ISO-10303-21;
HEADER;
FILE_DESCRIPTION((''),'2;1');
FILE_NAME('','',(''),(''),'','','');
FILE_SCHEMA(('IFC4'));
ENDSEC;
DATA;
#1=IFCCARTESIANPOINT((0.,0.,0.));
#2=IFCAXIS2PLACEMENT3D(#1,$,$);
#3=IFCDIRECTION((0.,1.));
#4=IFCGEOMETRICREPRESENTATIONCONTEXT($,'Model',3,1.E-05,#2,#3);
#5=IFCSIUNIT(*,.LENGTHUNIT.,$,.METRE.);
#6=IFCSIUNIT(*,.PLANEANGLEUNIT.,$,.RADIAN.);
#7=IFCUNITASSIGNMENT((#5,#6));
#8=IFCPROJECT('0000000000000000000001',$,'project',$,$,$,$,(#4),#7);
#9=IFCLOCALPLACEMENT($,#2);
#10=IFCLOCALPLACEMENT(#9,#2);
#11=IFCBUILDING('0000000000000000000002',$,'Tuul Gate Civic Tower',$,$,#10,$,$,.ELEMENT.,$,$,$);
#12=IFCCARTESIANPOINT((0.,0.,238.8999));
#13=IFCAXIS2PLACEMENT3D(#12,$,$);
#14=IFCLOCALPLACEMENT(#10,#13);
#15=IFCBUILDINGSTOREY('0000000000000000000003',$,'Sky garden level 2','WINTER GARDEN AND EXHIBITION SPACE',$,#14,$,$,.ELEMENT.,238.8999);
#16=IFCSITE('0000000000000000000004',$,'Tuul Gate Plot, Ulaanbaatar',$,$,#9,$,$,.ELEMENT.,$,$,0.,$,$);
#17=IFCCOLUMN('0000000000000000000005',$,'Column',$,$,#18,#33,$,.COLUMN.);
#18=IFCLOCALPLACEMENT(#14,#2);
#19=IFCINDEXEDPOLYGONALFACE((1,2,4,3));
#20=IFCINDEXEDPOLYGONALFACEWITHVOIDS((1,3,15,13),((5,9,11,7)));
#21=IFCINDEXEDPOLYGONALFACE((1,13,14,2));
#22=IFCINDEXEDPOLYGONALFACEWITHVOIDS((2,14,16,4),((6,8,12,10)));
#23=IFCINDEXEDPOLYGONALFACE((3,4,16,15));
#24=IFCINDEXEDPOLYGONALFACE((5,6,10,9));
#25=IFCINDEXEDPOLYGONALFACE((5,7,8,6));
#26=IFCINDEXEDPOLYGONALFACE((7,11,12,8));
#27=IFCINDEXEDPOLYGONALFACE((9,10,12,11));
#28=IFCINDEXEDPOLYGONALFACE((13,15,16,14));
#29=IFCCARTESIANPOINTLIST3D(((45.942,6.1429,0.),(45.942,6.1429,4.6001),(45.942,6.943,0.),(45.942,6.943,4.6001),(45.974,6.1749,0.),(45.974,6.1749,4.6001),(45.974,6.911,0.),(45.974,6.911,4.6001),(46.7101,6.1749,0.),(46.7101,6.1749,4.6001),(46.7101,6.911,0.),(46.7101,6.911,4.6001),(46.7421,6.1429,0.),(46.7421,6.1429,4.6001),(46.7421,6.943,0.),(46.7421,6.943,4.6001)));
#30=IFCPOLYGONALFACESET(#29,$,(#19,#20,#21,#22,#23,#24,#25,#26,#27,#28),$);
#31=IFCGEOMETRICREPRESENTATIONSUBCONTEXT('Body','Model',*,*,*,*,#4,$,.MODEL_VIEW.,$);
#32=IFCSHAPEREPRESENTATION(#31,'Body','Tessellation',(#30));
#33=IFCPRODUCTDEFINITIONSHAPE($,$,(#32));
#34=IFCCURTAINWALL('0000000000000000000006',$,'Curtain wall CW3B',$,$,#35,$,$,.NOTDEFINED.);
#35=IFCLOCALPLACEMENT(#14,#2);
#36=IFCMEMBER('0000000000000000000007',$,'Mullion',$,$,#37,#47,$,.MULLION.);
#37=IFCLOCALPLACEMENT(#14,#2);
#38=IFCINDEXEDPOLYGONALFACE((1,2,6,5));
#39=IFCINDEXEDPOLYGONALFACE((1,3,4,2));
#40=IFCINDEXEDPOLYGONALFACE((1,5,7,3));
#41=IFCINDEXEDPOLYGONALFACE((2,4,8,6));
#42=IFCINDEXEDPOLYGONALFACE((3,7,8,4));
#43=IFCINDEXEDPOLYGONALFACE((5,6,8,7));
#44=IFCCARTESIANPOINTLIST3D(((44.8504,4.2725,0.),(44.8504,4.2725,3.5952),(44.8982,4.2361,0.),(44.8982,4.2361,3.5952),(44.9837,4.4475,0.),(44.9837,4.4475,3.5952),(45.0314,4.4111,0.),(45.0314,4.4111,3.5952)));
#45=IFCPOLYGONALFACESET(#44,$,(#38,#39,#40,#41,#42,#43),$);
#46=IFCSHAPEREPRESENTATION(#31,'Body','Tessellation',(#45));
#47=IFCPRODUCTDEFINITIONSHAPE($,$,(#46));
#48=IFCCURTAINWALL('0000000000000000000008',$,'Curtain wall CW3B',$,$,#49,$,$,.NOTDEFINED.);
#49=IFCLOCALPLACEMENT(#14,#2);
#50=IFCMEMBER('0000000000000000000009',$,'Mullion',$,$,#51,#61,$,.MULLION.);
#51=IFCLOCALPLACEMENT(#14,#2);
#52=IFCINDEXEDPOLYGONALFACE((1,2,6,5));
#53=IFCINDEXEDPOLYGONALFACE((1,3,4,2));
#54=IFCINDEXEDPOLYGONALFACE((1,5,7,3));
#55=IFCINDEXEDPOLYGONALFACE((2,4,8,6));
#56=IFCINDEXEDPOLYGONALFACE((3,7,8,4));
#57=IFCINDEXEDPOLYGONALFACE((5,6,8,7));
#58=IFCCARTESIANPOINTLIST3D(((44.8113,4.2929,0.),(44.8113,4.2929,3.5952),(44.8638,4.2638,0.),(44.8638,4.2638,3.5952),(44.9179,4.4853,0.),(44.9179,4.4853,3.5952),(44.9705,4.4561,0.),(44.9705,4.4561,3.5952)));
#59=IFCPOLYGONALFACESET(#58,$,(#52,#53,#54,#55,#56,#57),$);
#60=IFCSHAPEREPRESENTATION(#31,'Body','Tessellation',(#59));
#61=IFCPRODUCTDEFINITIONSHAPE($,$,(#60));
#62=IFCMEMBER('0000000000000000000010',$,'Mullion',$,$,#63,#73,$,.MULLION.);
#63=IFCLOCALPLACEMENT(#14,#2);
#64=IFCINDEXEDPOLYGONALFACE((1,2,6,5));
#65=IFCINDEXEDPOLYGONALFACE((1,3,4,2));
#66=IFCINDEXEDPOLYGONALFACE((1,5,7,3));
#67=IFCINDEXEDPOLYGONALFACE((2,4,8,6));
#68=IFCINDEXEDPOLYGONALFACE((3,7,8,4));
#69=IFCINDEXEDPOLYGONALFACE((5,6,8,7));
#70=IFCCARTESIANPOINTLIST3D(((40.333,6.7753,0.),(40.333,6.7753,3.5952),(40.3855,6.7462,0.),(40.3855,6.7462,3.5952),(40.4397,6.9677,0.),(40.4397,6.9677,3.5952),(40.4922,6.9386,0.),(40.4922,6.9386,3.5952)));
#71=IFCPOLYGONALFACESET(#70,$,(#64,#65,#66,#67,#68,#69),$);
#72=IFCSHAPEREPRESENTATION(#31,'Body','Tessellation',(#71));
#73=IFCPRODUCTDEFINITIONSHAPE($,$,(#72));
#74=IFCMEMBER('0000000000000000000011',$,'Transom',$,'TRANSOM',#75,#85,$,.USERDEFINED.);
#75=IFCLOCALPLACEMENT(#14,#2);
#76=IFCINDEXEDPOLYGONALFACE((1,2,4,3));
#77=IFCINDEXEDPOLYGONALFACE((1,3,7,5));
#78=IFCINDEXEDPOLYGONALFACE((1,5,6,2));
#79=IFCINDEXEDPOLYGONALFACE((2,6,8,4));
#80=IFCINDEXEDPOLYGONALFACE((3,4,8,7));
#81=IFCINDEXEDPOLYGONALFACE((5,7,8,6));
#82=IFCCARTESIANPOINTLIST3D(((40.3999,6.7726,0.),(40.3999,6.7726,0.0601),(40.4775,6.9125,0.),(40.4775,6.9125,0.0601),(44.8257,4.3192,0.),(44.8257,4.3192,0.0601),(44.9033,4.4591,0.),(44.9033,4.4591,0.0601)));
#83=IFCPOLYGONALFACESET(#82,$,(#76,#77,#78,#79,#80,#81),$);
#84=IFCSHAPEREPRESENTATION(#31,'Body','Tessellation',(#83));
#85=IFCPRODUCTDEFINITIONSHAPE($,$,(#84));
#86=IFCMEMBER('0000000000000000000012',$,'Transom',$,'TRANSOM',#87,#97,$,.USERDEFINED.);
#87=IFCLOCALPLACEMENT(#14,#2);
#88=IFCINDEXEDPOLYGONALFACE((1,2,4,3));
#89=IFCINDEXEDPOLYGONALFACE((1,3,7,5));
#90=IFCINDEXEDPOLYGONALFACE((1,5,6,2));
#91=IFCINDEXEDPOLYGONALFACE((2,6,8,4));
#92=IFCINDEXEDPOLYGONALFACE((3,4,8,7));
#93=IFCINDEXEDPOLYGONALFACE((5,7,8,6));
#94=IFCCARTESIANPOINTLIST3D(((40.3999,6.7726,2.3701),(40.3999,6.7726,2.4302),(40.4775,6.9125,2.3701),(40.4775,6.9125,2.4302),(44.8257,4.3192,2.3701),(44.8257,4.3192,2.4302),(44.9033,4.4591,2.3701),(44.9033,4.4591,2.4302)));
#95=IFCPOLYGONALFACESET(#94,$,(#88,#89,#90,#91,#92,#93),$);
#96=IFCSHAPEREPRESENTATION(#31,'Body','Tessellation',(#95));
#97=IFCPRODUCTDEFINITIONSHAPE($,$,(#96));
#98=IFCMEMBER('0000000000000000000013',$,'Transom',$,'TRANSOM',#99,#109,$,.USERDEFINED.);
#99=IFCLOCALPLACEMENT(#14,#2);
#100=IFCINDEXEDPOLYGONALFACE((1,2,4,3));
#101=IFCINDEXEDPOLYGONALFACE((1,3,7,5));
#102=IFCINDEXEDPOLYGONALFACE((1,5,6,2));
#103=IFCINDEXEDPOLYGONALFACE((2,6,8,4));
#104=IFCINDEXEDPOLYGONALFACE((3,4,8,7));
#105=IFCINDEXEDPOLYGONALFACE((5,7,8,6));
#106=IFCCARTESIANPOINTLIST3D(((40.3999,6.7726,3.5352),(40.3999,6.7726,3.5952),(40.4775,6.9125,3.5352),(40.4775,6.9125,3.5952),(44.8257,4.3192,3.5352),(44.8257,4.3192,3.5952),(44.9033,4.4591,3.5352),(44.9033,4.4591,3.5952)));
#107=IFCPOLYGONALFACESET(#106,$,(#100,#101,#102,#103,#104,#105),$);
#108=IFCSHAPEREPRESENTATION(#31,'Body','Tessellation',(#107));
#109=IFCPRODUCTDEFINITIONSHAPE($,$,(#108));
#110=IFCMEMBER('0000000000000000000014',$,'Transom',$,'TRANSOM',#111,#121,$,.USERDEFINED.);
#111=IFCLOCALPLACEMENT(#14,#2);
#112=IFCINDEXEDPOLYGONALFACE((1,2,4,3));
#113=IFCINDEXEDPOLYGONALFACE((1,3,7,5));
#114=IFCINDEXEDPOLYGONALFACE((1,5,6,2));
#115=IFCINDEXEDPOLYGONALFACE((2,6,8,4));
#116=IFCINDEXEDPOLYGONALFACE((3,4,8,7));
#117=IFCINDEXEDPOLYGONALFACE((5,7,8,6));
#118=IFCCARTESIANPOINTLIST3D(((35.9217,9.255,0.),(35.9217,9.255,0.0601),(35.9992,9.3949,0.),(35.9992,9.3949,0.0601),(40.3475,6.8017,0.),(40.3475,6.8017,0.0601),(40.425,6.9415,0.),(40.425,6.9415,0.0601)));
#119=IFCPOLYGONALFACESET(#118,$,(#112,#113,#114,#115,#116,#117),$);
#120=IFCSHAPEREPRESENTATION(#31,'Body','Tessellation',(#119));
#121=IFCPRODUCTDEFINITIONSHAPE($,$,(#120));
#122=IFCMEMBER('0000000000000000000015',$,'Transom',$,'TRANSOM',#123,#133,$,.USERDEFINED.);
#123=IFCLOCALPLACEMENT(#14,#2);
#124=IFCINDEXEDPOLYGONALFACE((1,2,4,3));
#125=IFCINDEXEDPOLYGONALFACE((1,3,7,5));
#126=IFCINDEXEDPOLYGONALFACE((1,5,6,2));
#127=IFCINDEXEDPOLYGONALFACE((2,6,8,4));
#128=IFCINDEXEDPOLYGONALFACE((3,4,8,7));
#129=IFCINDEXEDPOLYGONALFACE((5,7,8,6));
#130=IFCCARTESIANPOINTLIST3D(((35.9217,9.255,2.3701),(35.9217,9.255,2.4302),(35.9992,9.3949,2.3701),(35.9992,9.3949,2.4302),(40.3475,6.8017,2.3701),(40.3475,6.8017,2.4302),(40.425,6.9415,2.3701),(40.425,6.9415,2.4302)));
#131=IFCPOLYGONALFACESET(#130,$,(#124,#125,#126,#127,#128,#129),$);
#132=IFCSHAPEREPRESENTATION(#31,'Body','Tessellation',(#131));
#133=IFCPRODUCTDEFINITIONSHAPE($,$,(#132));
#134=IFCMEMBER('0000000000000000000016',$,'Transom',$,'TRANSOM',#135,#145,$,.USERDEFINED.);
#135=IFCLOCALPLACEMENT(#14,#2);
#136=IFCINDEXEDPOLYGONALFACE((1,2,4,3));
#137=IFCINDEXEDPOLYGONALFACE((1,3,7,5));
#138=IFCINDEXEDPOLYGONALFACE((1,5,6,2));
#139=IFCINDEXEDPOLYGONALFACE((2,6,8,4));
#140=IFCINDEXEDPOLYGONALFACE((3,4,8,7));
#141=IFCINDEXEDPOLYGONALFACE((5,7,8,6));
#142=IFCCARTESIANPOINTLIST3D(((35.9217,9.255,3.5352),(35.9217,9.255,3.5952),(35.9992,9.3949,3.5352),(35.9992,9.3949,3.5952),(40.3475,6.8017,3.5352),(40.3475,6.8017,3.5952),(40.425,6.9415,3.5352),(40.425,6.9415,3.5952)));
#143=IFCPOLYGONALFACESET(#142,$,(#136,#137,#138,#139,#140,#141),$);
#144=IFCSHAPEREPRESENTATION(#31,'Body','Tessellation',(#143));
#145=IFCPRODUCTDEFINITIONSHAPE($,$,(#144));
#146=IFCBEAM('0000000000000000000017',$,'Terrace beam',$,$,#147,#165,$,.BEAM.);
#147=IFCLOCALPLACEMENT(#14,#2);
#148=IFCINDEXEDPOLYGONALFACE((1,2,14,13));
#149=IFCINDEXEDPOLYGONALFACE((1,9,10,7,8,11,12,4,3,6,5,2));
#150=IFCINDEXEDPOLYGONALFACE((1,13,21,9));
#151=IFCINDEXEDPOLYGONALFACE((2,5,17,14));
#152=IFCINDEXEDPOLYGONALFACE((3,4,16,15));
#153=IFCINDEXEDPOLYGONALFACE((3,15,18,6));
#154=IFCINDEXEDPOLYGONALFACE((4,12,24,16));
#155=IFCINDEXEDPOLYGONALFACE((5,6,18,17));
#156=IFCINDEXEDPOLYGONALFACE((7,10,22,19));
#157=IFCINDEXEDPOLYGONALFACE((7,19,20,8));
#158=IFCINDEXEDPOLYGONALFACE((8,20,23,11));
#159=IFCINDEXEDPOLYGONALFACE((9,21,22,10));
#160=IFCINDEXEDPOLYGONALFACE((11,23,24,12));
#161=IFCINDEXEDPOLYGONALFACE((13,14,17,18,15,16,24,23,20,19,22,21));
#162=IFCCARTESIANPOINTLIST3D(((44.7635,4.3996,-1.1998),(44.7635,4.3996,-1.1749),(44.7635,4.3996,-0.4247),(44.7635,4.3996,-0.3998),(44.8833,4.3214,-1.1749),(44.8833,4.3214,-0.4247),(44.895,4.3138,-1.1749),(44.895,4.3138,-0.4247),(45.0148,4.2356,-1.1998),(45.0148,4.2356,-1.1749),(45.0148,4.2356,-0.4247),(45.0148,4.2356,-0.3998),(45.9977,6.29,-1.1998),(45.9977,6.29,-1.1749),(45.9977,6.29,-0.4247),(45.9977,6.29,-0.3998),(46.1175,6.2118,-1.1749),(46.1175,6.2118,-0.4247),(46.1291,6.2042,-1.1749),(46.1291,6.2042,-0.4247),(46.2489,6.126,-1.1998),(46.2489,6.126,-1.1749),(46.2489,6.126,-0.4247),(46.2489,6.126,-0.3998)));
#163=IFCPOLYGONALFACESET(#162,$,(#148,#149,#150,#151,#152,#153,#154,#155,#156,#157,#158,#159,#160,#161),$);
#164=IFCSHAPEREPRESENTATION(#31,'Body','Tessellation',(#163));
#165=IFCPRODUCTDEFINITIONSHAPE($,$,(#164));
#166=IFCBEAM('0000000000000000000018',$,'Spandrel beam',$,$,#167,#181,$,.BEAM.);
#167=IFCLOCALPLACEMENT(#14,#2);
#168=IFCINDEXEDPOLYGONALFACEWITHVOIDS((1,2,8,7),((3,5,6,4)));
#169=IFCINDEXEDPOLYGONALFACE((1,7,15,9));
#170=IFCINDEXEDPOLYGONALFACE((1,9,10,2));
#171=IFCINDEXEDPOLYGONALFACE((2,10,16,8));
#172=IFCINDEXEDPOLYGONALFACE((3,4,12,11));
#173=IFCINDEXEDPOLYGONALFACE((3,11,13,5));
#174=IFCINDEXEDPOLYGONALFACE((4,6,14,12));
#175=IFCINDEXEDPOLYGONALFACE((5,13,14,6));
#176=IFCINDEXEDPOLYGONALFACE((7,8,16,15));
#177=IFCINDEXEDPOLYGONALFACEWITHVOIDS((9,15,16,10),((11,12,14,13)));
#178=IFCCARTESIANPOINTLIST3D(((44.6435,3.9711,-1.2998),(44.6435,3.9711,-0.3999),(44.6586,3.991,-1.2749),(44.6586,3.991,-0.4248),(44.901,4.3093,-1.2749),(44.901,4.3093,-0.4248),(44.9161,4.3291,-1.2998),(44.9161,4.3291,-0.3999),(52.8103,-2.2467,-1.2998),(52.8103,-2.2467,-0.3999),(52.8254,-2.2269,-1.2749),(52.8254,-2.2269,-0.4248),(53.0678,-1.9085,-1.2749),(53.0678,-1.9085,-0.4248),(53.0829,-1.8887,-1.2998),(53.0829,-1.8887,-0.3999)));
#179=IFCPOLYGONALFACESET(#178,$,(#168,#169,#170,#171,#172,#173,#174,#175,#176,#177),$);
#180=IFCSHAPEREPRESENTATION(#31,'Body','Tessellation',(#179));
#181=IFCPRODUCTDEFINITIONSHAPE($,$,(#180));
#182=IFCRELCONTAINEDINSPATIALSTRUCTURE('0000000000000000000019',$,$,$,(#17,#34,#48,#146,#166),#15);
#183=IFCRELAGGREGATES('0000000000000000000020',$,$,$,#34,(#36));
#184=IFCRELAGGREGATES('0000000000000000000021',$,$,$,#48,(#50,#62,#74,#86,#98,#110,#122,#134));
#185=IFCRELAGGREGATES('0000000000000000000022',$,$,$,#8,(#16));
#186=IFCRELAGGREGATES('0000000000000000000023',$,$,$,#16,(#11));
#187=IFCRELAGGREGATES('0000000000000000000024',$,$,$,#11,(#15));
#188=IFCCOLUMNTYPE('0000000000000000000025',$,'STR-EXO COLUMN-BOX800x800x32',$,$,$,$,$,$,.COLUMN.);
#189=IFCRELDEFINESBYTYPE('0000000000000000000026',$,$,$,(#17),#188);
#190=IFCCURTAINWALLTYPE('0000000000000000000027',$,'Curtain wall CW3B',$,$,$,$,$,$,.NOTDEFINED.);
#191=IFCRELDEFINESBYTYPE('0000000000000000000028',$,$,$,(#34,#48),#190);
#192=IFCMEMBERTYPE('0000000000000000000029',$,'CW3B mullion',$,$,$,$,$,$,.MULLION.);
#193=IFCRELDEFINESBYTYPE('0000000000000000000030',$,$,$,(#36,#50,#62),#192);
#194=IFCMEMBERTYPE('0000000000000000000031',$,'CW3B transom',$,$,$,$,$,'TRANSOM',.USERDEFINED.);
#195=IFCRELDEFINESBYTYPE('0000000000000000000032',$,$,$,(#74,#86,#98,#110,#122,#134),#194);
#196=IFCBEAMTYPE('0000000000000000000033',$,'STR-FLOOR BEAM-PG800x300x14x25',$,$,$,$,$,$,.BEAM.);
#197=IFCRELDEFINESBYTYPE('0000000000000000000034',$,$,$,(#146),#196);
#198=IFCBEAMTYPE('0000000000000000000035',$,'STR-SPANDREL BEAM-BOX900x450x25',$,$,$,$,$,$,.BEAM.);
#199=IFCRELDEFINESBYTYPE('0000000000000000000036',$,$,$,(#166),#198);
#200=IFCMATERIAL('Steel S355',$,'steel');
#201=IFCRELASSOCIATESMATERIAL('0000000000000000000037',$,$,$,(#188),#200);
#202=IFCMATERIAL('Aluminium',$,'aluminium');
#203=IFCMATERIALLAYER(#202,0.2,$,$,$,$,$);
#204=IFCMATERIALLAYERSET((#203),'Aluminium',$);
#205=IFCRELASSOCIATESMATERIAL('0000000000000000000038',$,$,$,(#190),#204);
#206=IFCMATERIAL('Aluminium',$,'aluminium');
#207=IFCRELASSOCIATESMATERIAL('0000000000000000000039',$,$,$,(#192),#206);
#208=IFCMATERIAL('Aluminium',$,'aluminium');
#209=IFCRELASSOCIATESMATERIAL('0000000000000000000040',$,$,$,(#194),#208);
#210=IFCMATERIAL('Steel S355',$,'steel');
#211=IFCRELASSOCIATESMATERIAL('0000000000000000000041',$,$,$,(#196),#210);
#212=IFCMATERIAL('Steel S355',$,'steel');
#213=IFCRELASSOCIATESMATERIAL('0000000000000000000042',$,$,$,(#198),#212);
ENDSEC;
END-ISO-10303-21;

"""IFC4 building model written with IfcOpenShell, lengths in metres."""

from ifc_helpers import new_model, si_unit, direction, frame, origin, origin_2d, place, context, subcontext, project, spatial, rectangle, hollow_rectangle, i_section, extrude, material, layer, layer_set, material_profile, profile_set, type_object, element, aggregate, save


model = new_model("IFC4")

# Units and contexts
model_context = context("Model", 3, precision=1e-05, world=origin(), true_north=direction((0.0, 1.0)))
body_context = subcontext(model_context, "Body", "Model", "MODEL_VIEW")
ifc_project = project(units=[si_unit("LENGTHUNIT", "METRE"), si_unit("PLANEANGLEUNIT", "RADIAN")], contexts=[model_context])

# Site, building, storey
site_placement = place(None, origin())
site = spatial("IfcSite", under=ifc_project, at=site_placement, Name="Tuul Gate Plot, Ulaanbaatar", CompositionType="ELEMENT", RefElevation=0.0)
building_placement = place(site_placement, origin())
building = spatial("IfcBuilding", under=site, at=building_placement, Name="Tuul Gate Civic Tower", CompositionType="ELEMENT")
storey_placement = place(building_placement, frame((0.0, 0.0, 238.8999)))
storey = spatial("IfcBuildingStorey", under=building, at=storey_placement, Name="Sky garden level 2", Description="WINTER GARDEN AND EXHIBITION SPACE", CompositionType="ELEMENT", Elevation=238.8999)

# Column
ifc_material_1 = material(Name="Steel S355", Category="steel")
ifc_material_profile_1 = material_profile(ifc_material_1, hollow_rectangle(XDim=0.8, YDim=0.8, WallThickness=0.032, at=origin_2d()), Name="BOX800x800x32")
ifc_profile_set_1 = profile_set([ifc_material_profile_1], Name="Steel S355")
column_type = type_object("IfcColumnType", Name="STR-EXO COLUMN-BOX800x800x32", PredefinedType="COLUMN", material=ifc_profile_set_1)
column_placement = place(storey_placement, frame((46.342, 6.543, 0.0), z_axis=(0.0, 0.0, 1.0), x_axis=(1.0, 0.0, 0.0)))
element("IfcColumn", 1, at=column_placement, inside=storey, type_object=column_type, Name="Column", PredefinedType="COLUMN", context=body_context, shape_type="SweptSolid", body=[
    extrude(hollow_rectangle(XDim=0.8, YDim=0.8, WallThickness=0.032, at=origin_2d()), origin(), (0.0, 0.0, 1.0), 4.6001),
])

# Curtain wall, member
ifc_material_2 = material(Name="Aluminium", Category="aluminium")
ifc_layer_1 = layer(ifc_material_2, 0.2)
ifc_layer_set_1 = layer_set([ifc_layer_1], Name="Aluminium")
curtain_wall_type = type_object("IfcCurtainWallType", Name="Curtain wall CW3B", PredefinedType="NOTDEFINED", material=ifc_layer_set_1)
curtain_wall_1_placement = place(storey_placement, origin())
curtain_wall_1 = element("IfcCurtainWall", 2, at=curtain_wall_1_placement, inside=storey, type_object=curtain_wall_type, Name="Curtain wall CW3B", PredefinedType="NOTDEFINED")
ifc_material_3 = material(Name="Aluminium", Category="aluminium")
ifc_material_profile_2 = material_profile(ifc_material_3, rectangle(XDim=0.22, YDim=0.0601, at=origin_2d()), Name="CW3B mullion")
ifc_profile_set_2 = profile_set([ifc_material_profile_2], Name="Aluminium")
member_type_1 = type_object("IfcMemberType", Name="CW3B mullion", PredefinedType="MULLION", material=ifc_profile_set_2)
member_1_placement = place(storey_placement, frame((44.9409, 4.3418, 0.0), z_axis=(0.0, 0.0, 1.0), x_axis=(-0.605809, -0.79561, 0.0)))
member_1 = element("IfcMember", 3, at=member_1_placement, type_object=member_type_1, Name="Mullion", PredefinedType="MULLION", context=body_context, shape_type="SweptSolid", body=[
    extrude(rectangle(XDim=0.22, YDim=0.0601, at=origin_2d()), origin(), (0.0, 0.0, 1.0), 3.5952),
])

# Curtain wall, members
curtain_wall_2_placement = place(storey_placement, origin())
curtain_wall_2 = element("IfcCurtainWall", 4, at=curtain_wall_2_placement, inside=storey, type_object=curtain_wall_type, Name="Curtain wall CW3B", PredefinedType="NOTDEFINED")
member_2_placement = place(storey_placement, frame((44.8909, 4.3745, 0.0), z_axis=(0.0, 0.0, 1.0), x_axis=(-0.484827, -0.87461, 0.0)))
member_2 = element("IfcMember", 5, at=member_2_placement, type_object=member_type_1, Name="Mullion", PredefinedType="MULLION", context=body_context, shape_type="SweptSolid", body=[
    extrude(rectangle(XDim=0.22, YDim=0.0601, at=origin_2d()), origin(), (0.0, 0.0, 1.0), 3.5952),
])
member_3_placement = place(storey_placement, frame((40.4126, 6.8569, 0.0), z_axis=(0.0, 0.0, 1.0), x_axis=(-0.484827, -0.87461, 0.0)))
member_3 = element("IfcMember", 6, at=member_3_placement, type_object=member_type_1, Name="Mullion", PredefinedType="MULLION", context=body_context, shape_type="SweptSolid", body=[
    extrude(rectangle(XDim=0.22, YDim=0.0601, at=origin_2d()), origin(), (0.0, 0.0, 1.0), 3.5952),
])
ifc_material_4 = material(Name="Aluminium", Category="aluminium")
ifc_material_profile_3 = material_profile(ifc_material_4, rectangle(XDim=0.1599, YDim=0.0601, at=origin_2d()), Name="CW3B transom")
ifc_profile_set_3 = profile_set([ifc_material_profile_3], Name="Aluminium")
member_type_2 = type_object("IfcMemberType", Name="CW3B transom", ElementType="TRANSOM", PredefinedType="USERDEFINED", material=ifc_profile_set_3)
member_4_placement = place(storey_placement, frame((44.8645, 4.3892, 0.03), z_axis=(-0.87461, 0.484828, 0.0), x_axis=(-0.484828, -0.87461, 0.0)))
member_4 = element("IfcMember", 7, at=member_4_placement, type_object=member_type_2, Name="Transom", ObjectType="TRANSOM", PredefinedType="USERDEFINED", context=body_context, shape_type="SweptSolid", body=[
    extrude(rectangle(XDim=0.1599, YDim=0.0601, at=origin_2d()), origin(), (0.0, 0.0, 1.0), 5.0603),
])
member_5_placement = place(storey_placement, frame((44.8645, 4.3892, 2.4001), z_axis=(-0.87461, 0.484828, 0.0), x_axis=(-0.484828, -0.87461, 0.0)))
member_5 = element("IfcMember", 8, at=member_5_placement, type_object=member_type_2, Name="Transom", ObjectType="TRANSOM", PredefinedType="USERDEFINED", context=body_context, shape_type="SweptSolid", body=[
    extrude(rectangle(XDim=0.1599, YDim=0.0601, at=origin_2d()), origin(), (0.0, 0.0, 1.0), 5.0603),
])
member_6_placement = place(storey_placement, frame((44.8645, 4.3892, 3.5652), z_axis=(-0.87461, 0.484828, 0.0), x_axis=(-0.484828, -0.87461, 0.0)))
member_6 = element("IfcMember", 9, at=member_6_placement, type_object=member_type_2, Name="Transom", ObjectType="TRANSOM", PredefinedType="USERDEFINED", context=body_context, shape_type="SweptSolid", body=[
    extrude(rectangle(XDim=0.1599, YDim=0.0601, at=origin_2d()), origin(), (0.0, 0.0, 1.0), 5.0603),
])
member_7_placement = place(storey_placement, frame((40.3862, 6.8716, 0.03), z_axis=(-0.87461, 0.484828, 0.0), x_axis=(-0.484828, -0.87461, 0.0)))
member_7 = element("IfcMember", 10, at=member_7_placement, type_object=member_type_2, Name="Transom", ObjectType="TRANSOM", PredefinedType="USERDEFINED", context=body_context, shape_type="SweptSolid", body=[
    extrude(rectangle(XDim=0.1599, YDim=0.0601, at=origin_2d()), origin(), (0.0, 0.0, 1.0), 5.0603),
])
member_8_placement = place(storey_placement, frame((40.3862, 6.8716, 2.4001), z_axis=(-0.87461, 0.484828, 0.0), x_axis=(-0.484828, -0.87461, 0.0)))
member_8 = element("IfcMember", 11, at=member_8_placement, type_object=member_type_2, Name="Transom", ObjectType="TRANSOM", PredefinedType="USERDEFINED", context=body_context, shape_type="SweptSolid", body=[
    extrude(rectangle(XDim=0.1599, YDim=0.0601, at=origin_2d()), origin(), (0.0, 0.0, 1.0), 5.0603),
])
member_9_placement = place(storey_placement, frame((40.3862, 6.8716, 3.5652), z_axis=(-0.87461, 0.484828, 0.0), x_axis=(-0.484828, -0.87461, 0.0)))
member_9 = element("IfcMember", 12, at=member_9_placement, type_object=member_type_2, Name="Transom", ObjectType="TRANSOM", PredefinedType="USERDEFINED", context=body_context, shape_type="SweptSolid", body=[
    extrude(rectangle(XDim=0.1599, YDim=0.0601, at=origin_2d()), origin(), (0.0, 0.0, 1.0), 5.0603),
])

# Beams
ifc_material_5 = material(Name="Steel S355", Category="steel")
ifc_material_profile_4 = material_profile(ifc_material_5, i_section(OverallWidth=0.3, OverallDepth=0.8, WebThickness=0.0139, FlangeThickness=0.0249, at=origin_2d()), Name="PG800x300x14x25")
ifc_profile_set_4 = profile_set([ifc_material_profile_4], Name="Steel S355")
beam_type_1 = type_object("IfcBeamType", Name="STR-FLOOR BEAM-PG800x300x14x25", PredefinedType="BEAM", material=ifc_profile_set_4)
beam_1_placement = place(storey_placement, frame((46.1233, 6.208, -0.7998), z_axis=(-0.546664, -0.837352, 0.0), x_axis=(0.837352, -0.546664, 0.0)))
element("IfcBeam", 13, at=beam_1_placement, inside=storey, type_object=beam_type_1, Name="Terrace beam", PredefinedType="BEAM", context=body_context, shape_type="SweptSolid", body=[
    extrude(i_section(OverallWidth=0.3, OverallDepth=0.8, WebThickness=0.0139, FlangeThickness=0.0249, at=origin_2d()), origin(), (0.0, 0.0, 1.0), 2.2576),
])
ifc_material_6 = material(Name="Steel S355", Category="steel")
ifc_material_profile_5 = material_profile(ifc_material_6, hollow_rectangle(XDim=0.45, YDim=0.8999, WallThickness=0.0249, at=origin_2d()), Name="BOX900x450x25")
ifc_profile_set_5 = profile_set([ifc_material_profile_5], Name="Steel S355")
beam_type_2 = type_object("IfcBeamType", Name="STR-SPANDREL BEAM-BOX900x450x25", PredefinedType="BEAM", material=ifc_profile_set_5)
beam_2_placement = place(storey_placement, frame((44.7798, 4.1501, -0.8499), z_axis=(0.795644, -0.605765, 0.0), x_axis=(0.605765, 0.795644, 0.0)))
element("IfcBeam", 14, at=beam_2_placement, inside=storey, type_object=beam_type_2, Name="Spandrel beam", PredefinedType="BEAM", context=body_context, shape_type="SweptSolid", body=[
    extrude(hollow_rectangle(XDim=0.45, YDim=0.8999, WallThickness=0.0249, at=origin_2d()), origin(), (0.0, 0.0, 1.0), 10.2644),
])

aggregate(curtain_wall_1, [member_1])
aggregate(curtain_wall_2, [member_2, member_3, member_4, member_5, member_6, member_7, member_8, member_9])

save(model, "model.ifc")
